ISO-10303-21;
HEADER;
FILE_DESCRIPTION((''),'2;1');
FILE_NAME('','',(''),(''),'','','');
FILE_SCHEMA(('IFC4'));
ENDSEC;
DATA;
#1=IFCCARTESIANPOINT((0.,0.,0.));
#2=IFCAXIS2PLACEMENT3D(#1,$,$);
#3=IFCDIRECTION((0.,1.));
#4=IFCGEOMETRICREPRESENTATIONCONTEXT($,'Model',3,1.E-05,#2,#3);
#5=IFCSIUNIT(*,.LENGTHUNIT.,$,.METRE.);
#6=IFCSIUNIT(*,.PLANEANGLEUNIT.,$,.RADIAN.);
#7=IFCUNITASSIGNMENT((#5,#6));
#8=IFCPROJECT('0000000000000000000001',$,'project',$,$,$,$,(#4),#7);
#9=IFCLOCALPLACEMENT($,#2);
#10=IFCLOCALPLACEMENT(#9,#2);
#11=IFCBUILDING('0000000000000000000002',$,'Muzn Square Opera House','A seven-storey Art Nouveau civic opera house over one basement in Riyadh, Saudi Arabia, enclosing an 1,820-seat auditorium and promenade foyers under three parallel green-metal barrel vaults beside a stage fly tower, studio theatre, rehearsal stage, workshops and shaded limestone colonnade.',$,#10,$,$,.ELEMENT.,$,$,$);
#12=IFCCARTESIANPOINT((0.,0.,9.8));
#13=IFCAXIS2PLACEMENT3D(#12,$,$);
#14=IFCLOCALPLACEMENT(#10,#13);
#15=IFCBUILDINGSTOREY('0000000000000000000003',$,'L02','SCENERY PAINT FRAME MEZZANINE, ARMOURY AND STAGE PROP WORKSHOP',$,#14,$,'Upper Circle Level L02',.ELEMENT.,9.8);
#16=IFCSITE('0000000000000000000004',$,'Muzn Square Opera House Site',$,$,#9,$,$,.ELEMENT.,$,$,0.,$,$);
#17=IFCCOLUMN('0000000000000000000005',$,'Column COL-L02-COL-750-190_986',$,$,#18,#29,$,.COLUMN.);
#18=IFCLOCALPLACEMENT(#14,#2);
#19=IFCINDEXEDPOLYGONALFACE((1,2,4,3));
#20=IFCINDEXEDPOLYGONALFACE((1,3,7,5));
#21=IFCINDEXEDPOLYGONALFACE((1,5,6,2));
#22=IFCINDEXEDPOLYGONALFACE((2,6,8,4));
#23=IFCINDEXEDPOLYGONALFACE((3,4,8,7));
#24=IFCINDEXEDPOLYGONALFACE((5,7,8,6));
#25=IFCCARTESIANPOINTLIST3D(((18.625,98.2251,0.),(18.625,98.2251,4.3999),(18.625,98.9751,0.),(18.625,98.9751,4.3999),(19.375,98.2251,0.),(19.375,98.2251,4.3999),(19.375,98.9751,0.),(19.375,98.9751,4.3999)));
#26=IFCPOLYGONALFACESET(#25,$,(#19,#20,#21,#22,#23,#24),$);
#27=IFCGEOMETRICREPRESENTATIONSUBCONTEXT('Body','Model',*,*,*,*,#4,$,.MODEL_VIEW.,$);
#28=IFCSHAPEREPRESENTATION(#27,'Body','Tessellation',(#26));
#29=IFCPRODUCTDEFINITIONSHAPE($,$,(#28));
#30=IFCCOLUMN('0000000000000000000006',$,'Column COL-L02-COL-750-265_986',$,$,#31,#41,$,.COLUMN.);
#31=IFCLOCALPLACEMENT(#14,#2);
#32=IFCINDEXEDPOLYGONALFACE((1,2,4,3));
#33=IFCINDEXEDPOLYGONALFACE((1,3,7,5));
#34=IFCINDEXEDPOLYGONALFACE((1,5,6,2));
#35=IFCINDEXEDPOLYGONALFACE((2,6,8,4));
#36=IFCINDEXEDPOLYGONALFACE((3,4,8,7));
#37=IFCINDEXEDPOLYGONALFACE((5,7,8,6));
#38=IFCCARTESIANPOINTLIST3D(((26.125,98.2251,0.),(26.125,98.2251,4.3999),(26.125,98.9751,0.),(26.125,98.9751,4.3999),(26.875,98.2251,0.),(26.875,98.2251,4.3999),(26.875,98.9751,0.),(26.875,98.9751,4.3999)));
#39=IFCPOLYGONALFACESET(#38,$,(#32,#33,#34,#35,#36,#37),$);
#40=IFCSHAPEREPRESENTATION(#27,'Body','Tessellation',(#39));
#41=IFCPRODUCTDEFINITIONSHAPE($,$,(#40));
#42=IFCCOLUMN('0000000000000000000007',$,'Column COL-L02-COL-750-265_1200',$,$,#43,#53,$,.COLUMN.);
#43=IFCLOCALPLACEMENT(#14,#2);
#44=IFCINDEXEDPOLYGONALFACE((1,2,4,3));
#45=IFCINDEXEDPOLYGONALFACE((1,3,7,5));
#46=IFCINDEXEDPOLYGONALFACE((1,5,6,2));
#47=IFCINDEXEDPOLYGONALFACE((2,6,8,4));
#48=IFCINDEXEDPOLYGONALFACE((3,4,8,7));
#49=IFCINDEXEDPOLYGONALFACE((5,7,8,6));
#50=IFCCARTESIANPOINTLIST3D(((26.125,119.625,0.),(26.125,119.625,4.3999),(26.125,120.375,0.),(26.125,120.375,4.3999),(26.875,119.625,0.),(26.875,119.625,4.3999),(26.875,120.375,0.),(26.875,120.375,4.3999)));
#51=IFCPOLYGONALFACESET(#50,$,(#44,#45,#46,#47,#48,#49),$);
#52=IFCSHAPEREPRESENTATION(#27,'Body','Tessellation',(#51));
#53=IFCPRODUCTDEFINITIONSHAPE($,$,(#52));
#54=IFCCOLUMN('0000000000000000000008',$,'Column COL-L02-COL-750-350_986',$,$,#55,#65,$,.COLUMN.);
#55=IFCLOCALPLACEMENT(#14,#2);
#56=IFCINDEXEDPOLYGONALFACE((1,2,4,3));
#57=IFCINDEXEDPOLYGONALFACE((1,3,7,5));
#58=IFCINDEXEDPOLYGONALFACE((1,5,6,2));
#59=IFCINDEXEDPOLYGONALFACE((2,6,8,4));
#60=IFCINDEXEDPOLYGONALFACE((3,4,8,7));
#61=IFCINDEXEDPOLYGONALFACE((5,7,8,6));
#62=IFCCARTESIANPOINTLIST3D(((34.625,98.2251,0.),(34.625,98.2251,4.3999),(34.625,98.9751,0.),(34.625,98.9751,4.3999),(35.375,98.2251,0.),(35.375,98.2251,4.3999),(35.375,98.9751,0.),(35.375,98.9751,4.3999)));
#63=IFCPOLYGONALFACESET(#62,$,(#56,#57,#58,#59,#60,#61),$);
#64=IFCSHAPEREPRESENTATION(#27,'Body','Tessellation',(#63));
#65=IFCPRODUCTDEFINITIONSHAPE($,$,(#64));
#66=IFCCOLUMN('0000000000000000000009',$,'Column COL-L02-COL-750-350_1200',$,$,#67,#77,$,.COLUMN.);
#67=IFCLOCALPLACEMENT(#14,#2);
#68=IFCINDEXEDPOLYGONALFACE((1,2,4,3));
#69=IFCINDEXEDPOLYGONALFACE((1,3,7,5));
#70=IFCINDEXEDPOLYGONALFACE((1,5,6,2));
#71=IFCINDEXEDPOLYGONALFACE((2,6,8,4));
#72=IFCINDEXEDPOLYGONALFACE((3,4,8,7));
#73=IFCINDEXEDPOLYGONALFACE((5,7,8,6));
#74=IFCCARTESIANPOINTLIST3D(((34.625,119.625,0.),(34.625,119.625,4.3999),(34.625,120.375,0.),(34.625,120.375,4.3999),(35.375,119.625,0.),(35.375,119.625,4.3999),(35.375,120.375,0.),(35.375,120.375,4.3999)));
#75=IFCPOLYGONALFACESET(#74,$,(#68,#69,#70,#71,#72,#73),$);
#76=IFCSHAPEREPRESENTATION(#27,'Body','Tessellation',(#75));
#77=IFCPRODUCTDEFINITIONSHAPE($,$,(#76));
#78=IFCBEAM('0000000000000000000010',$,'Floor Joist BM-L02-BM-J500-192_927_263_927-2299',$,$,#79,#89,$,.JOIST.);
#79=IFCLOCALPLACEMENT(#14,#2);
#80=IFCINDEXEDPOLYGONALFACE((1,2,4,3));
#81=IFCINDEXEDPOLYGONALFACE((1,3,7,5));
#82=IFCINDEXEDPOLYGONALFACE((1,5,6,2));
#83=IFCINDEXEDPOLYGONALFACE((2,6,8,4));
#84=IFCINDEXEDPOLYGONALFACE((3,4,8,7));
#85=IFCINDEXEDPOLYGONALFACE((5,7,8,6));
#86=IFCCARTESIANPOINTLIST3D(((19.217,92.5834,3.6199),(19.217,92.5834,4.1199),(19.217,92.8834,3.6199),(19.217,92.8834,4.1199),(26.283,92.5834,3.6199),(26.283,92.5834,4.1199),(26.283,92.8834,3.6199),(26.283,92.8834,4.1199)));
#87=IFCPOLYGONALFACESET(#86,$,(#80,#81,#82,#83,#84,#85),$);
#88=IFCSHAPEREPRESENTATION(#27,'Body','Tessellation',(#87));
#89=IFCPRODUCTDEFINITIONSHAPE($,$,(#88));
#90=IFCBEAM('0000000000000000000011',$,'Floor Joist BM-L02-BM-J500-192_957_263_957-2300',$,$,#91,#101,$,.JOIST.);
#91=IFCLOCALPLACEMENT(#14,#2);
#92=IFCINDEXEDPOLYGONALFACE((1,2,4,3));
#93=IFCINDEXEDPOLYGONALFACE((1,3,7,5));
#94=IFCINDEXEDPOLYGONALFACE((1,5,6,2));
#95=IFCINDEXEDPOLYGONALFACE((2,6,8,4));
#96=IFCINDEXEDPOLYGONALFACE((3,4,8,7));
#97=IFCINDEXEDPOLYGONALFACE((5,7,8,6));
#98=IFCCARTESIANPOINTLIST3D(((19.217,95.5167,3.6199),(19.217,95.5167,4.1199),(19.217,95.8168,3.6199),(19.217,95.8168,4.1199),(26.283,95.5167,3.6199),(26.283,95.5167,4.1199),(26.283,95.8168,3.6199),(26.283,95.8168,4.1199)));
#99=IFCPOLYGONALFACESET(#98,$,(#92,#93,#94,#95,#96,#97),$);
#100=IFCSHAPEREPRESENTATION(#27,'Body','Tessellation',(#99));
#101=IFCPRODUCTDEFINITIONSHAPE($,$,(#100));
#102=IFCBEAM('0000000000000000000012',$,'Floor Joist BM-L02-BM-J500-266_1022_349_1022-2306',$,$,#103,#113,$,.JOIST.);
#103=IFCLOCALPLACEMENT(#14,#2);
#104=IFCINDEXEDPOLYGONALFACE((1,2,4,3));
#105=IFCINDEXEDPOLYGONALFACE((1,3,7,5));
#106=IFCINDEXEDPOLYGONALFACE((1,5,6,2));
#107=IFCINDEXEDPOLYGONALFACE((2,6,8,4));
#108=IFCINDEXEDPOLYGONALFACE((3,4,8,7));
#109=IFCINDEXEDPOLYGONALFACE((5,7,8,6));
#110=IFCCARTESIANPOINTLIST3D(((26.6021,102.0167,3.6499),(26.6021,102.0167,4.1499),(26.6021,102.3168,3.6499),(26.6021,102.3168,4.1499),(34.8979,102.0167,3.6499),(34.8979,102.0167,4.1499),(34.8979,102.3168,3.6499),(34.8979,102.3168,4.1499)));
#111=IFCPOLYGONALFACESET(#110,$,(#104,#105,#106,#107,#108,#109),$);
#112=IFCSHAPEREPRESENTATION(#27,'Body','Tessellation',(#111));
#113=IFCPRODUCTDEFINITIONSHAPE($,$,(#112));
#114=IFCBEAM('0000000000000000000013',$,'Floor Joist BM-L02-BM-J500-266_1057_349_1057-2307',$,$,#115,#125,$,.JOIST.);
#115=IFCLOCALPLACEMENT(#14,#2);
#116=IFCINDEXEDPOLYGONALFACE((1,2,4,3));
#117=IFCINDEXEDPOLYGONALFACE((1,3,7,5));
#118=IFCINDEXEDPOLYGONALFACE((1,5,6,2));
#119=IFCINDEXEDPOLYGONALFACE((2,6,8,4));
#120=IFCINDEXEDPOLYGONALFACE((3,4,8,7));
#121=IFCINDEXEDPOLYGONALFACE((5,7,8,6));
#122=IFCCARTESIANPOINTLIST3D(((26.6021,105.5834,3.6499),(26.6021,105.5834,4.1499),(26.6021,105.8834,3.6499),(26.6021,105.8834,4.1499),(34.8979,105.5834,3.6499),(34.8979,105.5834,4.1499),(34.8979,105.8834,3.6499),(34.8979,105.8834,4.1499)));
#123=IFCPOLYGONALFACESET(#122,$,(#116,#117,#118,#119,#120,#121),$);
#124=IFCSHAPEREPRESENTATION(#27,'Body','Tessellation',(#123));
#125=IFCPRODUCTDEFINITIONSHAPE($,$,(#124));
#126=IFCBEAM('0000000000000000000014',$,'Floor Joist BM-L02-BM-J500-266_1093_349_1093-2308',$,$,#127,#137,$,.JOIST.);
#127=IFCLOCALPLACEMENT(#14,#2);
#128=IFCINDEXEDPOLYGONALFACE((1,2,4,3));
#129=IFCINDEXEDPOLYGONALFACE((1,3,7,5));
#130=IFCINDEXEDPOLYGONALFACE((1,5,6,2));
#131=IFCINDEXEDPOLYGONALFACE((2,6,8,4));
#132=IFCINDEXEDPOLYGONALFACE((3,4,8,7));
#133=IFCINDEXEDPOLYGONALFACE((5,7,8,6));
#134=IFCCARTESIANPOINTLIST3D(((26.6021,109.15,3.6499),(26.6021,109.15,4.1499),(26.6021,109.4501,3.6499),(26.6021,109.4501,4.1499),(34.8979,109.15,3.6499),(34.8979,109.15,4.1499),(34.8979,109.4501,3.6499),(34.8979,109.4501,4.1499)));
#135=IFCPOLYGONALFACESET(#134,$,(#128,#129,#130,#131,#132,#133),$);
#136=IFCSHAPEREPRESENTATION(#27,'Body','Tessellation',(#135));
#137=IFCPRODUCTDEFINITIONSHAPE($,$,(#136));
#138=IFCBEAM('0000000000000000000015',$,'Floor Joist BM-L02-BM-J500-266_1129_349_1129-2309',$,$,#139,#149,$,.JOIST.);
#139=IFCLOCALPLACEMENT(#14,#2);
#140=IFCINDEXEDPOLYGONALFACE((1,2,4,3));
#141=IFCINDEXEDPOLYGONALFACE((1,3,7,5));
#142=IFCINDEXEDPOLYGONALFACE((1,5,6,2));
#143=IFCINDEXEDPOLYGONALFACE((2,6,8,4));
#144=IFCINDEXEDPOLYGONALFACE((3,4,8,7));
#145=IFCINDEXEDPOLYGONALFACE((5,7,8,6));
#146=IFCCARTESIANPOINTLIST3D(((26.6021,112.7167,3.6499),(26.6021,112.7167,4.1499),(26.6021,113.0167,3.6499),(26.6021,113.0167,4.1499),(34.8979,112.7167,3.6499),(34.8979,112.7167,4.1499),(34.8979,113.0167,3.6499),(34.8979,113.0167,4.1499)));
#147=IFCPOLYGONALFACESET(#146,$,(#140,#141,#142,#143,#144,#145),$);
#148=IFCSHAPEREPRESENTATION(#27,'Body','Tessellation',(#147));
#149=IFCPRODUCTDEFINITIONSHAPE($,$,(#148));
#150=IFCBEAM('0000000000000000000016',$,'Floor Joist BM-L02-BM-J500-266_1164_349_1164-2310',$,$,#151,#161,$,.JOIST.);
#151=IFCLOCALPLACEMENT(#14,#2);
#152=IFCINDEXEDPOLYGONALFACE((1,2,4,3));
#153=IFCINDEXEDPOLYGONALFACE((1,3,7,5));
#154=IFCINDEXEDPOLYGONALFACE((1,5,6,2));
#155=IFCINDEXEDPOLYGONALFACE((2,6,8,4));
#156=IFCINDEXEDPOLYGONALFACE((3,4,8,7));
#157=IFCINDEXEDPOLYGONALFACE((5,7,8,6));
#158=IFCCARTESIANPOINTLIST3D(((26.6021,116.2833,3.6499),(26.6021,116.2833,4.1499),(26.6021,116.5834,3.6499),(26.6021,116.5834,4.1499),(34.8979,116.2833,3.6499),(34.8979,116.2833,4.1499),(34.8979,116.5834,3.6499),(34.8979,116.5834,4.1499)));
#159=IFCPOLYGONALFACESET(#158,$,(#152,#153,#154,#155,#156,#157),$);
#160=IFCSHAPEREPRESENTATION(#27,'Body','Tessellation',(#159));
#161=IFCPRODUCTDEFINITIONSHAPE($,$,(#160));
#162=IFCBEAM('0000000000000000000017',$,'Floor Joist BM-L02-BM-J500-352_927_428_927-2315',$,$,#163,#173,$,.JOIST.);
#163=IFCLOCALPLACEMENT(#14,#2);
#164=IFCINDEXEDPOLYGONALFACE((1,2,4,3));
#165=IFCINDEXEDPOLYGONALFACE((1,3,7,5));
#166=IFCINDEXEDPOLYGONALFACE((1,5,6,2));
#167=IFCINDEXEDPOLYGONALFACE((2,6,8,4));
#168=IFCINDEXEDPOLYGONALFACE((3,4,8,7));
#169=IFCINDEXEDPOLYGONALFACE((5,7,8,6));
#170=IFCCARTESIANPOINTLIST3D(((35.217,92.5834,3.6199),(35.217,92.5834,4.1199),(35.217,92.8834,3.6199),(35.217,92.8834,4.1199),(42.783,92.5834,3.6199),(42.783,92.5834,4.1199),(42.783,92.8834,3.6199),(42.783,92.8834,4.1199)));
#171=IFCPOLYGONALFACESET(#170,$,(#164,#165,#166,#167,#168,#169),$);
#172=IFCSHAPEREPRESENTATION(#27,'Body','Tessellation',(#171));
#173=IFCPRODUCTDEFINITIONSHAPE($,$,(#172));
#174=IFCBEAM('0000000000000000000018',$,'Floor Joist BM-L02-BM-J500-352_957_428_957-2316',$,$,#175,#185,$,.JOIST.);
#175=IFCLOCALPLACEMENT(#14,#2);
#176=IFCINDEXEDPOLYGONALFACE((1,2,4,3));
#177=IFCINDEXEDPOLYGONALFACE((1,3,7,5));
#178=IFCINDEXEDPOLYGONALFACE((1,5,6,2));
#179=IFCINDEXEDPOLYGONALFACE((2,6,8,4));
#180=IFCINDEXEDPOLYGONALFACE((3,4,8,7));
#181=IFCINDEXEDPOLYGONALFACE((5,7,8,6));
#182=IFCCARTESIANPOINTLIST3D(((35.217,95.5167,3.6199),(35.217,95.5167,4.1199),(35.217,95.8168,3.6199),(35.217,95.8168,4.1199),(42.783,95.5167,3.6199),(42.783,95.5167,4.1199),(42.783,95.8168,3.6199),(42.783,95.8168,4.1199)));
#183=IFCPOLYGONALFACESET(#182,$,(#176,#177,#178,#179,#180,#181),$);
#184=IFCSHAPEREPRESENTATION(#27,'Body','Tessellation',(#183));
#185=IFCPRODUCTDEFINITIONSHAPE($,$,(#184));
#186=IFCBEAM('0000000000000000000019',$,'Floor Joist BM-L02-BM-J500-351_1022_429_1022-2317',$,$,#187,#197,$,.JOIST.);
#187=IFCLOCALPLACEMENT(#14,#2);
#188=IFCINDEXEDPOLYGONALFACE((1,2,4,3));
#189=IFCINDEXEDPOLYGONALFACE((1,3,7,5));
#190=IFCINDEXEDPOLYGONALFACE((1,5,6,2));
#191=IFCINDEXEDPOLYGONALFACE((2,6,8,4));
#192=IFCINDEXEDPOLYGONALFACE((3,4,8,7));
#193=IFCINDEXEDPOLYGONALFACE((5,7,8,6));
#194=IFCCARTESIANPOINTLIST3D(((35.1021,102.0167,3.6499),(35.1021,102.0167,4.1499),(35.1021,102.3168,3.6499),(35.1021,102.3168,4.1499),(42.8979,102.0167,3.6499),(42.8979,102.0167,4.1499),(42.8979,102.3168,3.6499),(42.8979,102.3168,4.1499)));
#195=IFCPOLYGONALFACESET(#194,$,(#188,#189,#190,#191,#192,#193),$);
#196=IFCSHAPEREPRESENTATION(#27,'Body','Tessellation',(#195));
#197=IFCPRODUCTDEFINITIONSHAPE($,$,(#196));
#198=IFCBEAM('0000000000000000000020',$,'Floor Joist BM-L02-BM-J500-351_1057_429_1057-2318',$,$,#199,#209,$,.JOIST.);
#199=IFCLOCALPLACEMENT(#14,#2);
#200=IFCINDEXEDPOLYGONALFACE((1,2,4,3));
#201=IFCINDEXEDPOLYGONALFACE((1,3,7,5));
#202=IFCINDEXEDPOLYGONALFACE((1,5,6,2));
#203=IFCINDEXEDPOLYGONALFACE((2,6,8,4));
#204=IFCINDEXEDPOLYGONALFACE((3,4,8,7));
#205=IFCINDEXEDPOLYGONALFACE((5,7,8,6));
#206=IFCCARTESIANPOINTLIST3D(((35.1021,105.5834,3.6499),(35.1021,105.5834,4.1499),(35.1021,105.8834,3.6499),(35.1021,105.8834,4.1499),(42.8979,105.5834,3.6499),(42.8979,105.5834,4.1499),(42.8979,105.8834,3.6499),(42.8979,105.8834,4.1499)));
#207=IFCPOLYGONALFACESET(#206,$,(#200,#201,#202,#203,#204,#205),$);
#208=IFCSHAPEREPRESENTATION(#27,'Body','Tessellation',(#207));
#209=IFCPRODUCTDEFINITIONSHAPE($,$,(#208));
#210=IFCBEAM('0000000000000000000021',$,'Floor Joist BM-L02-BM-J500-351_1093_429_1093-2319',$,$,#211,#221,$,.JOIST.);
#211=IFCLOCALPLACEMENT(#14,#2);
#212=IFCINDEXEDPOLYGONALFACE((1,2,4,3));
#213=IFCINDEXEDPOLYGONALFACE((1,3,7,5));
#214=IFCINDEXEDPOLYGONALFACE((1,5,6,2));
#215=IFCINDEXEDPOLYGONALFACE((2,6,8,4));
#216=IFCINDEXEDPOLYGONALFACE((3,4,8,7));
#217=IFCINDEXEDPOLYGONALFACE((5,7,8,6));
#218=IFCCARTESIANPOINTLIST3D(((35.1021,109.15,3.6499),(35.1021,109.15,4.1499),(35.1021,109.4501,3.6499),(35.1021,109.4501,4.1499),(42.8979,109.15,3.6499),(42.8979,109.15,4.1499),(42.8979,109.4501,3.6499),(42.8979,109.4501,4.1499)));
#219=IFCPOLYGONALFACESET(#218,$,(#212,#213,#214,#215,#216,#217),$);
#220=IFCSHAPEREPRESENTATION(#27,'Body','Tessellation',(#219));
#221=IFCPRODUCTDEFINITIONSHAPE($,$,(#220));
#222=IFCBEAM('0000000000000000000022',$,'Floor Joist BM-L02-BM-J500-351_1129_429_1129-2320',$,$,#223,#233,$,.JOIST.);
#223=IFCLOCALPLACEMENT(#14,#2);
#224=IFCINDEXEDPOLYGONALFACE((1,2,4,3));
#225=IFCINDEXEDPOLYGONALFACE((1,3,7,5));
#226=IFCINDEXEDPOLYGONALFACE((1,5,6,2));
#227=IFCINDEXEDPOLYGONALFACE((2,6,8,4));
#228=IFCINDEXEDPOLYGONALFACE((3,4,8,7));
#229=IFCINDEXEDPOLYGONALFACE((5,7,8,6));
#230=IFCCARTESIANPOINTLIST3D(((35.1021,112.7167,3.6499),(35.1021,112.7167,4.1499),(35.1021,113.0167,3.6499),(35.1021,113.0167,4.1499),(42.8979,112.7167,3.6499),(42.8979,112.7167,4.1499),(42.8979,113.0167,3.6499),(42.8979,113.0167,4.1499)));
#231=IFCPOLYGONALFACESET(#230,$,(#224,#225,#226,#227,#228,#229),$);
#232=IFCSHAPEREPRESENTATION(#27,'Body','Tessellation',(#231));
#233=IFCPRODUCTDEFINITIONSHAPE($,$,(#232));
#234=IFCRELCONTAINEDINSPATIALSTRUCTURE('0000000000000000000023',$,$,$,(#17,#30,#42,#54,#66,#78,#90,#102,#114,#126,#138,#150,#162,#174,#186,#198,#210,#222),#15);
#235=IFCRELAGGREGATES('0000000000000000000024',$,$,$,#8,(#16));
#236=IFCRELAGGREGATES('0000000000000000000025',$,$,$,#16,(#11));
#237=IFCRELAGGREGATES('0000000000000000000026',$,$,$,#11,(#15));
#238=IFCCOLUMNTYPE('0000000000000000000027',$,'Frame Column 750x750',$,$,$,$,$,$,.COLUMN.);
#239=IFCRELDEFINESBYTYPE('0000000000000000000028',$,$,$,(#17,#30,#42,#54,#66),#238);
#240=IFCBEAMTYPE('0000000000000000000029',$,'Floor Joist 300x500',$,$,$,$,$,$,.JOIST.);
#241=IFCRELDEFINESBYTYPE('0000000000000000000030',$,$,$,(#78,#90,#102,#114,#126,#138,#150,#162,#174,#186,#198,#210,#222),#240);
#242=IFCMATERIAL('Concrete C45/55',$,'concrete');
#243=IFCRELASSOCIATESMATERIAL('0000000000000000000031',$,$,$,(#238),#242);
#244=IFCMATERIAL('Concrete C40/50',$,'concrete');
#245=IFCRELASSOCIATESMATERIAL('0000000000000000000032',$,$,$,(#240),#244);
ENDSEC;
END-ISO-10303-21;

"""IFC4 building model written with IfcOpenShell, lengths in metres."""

from ifc_helpers import new_model, si_unit, direction, frame, origin, origin_2d, place, context, subcontext, project, spatial, rectangle, extrude, material, material_profile, profile_set, type_object, element, save


model = new_model("IFC4")

# Units and contexts
model_context = context("Model", 3, precision=1e-05, world=origin(), true_north=direction((0.0, 1.0)))
body_context = subcontext(model_context, "Body", "Model", "MODEL_VIEW")
ifc_project = project(units=[si_unit("LENGTHUNIT", "METRE"), si_unit("PLANEANGLEUNIT", "RADIAN")], contexts=[model_context])

# Site, building, storey
site_placement = place(None, origin())
site = spatial("IfcSite", under=ifc_project, at=site_placement, Name="Muzn Square Opera House Site", CompositionType="ELEMENT", RefElevation=0.0)
building_placement = place(site_placement, origin())
building = spatial("IfcBuilding", under=site, at=building_placement, Name="Muzn Square Opera House", Description="A seven-storey Art Nouveau civic opera house over one basement in Riyadh, Saudi Arabia, enclosing an 1,820-seat auditorium and promenade foyers under three parallel green-metal barrel vaults beside a stage fly tower, studio theatre, rehearsal stage, workshops and shaded limestone colonnade.", CompositionType="ELEMENT")
storey_placement = place(building_placement, frame((0.0, 0.0, 9.8)))
storey = spatial("IfcBuildingStorey", under=building, at=storey_placement, Name="L02", Description="SCENERY PAINT FRAME MEZZANINE, ARMOURY AND STAGE PROP WORKSHOP", LongName="Upper Circle Level L02", CompositionType="ELEMENT", Elevation=9.8)

# Columns
ifc_material_1 = material(Name="Concrete C45/55", Category="concrete")
ifc_material_profile_1 = material_profile(ifc_material_1, rectangle(XDim=0.75, YDim=0.75, at=origin_2d()), Name="RC 750x750", Category="concrete")
ifc_profile_set_1 = profile_set([ifc_material_profile_1], Name="Concrete C45/55")
column_type = type_object("IfcColumnType", Name="Frame Column 750x750", PredefinedType="COLUMN", material=ifc_profile_set_1)
for number, where, z_axis, x_axis, name in (
    (1, (19.0, 98.6001, 0.0), (0.0, 0.0, 1.0), (1.0, 0.0, 0.0), "Column COL-L02-COL-750-190_986"),
    (2, (26.5, 98.6001, 0.0), (0.0, 0.0, 1.0), (1.0, 0.0, 0.0), "Column COL-L02-COL-750-265_986"),
    (3, (26.5, 120.0, 0.0), (0.0, 0.0, 1.0), (1.0, 0.0, 0.0), "Column COL-L02-COL-750-265_1200"),
    (4, (35.0, 98.6001, 0.0), (0.0, 0.0, 1.0), (1.0, 0.0, 0.0), "Column COL-L02-COL-750-350_986"),
    (5, (35.0, 120.0, 0.0), (0.0, 0.0, 1.0), (1.0, 0.0, 0.0), "Column COL-L02-COL-750-350_1200"),
):
    element("IfcColumn", number, at=place(storey_placement, frame(where, z_axis=z_axis, x_axis=x_axis)), inside=storey, type_object=column_type, Name=name, PredefinedType="COLUMN", context=body_context, shape_type="SweptSolid", body=[
        extrude(rectangle(XDim=0.75, YDim=0.75, at=origin_2d()), origin(), (0.0, 0.0, 1.0), 4.3999),
    ])

# Beams
ifc_material_2 = material(Name="Concrete C40/50", Category="concrete")
ifc_material_profile_2 = material_profile(ifc_material_2, rectangle(XDim=0.3, YDim=0.5, at=origin_2d()), Name="RCJ 300x500", Category="concrete")
ifc_profile_set_2 = profile_set([ifc_material_profile_2], Name="Concrete C40/50")
beam_type_1 = type_object("IfcBeamType", Name="Floor Joist 300x500", PredefinedType="JOIST", material=ifc_profile_set_2)
for number, where, z_axis, x_axis, name in (
    (6, (19.217, 92.7334, 3.8699), (1.0, 0.0, 0.0), (0.0, 1.0, 0.0), "Floor Joist BM-L02-BM-J500-192_927_263_927-2299"),
    (7, (19.217, 95.6667, 3.8699), (1.0, 0.0, 0.0), (0.0, 1.0, 0.0), "Floor Joist BM-L02-BM-J500-192_957_263_957-2300"),
):
    element("IfcBeam", number, at=place(storey_placement, frame(where, z_axis=z_axis, x_axis=x_axis)), inside=storey, type_object=beam_type_1, Name=name, PredefinedType="JOIST", context=body_context, shape_type="SweptSolid", body=[
        extrude(rectangle(XDim=0.3, YDim=0.5, at=origin_2d()), origin(), (0.0, 0.0, 1.0), 7.0659),
    ])
for number, where, z_axis, x_axis, name in (
    (8, (26.6021, 102.1667, 3.8999), (1.0, 0.0, 0.0), (0.0, 1.0, 0.0), "Floor Joist BM-L02-BM-J500-266_1022_349_1022-2306"),
    (9, (26.6021, 105.7334, 3.8999), (1.0, 0.0, 0.0), (0.0, 1.0, 0.0), "Floor Joist BM-L02-BM-J500-266_1057_349_1057-2307"),
    (10, (26.6021, 109.3, 3.8999), (1.0, 0.0, 0.0), (0.0, 1.0, 0.0), "Floor Joist BM-L02-BM-J500-266_1093_349_1093-2308"),
    (11, (26.6021, 112.8667, 3.8999), (1.0, 0.0, 0.0), (0.0, 1.0, 0.0), "Floor Joist BM-L02-BM-J500-266_1129_349_1129-2309"),
    (12, (26.6021, 116.4333, 3.8999), (1.0, 0.0, 0.0), (0.0, 1.0, 0.0), "Floor Joist BM-L02-BM-J500-266_1164_349_1164-2310"),
):
    element("IfcBeam", number, at=place(storey_placement, frame(where, z_axis=z_axis, x_axis=x_axis)), inside=storey, type_object=beam_type_1, Name=name, PredefinedType="JOIST", context=body_context, shape_type="SweptSolid", body=[
        extrude(rectangle(XDim=0.3, YDim=0.5, at=origin_2d()), origin(), (0.0, 0.0, 1.0), 8.2959),
    ])
for number, where, z_axis, x_axis, name in (
    (13, (35.217, 92.7334, 3.8699), (1.0, 0.0, 0.0), (0.0, 1.0, 0.0), "Floor Joist BM-L02-BM-J500-352_927_428_927-2315"),
    (14, (35.217, 95.6667, 3.8699), (1.0, 0.0, 0.0), (0.0, 1.0, 0.0), "Floor Joist BM-L02-BM-J500-352_957_428_957-2316"),
):
    element("IfcBeam", number, at=place(storey_placement, frame(where, z_axis=z_axis, x_axis=x_axis)), inside=storey, type_object=beam_type_1, Name=name, PredefinedType="JOIST", context=body_context, shape_type="SweptSolid", body=[
        extrude(rectangle(XDim=0.3, YDim=0.5, at=origin_2d()), origin(), (0.0, 0.0, 1.0), 7.5659),
    ])
for number, where, z_axis, x_axis, name in (
    (15, (35.1021, 102.1667, 3.8999), (1.0, 0.0, 0.0), (0.0, 1.0, 0.0), "Floor Joist BM-L02-BM-J500-351_1022_429_1022-2317"),
    (16, (35.1021, 105.7334, 3.8999), (1.0, 0.0, 0.0), (0.0, 1.0, 0.0), "Floor Joist BM-L02-BM-J500-351_1057_429_1057-2318"),
    (17, (35.1021, 109.3, 3.8999), (1.0, 0.0, 0.0), (0.0, 1.0, 0.0), "Floor Joist BM-L02-BM-J500-351_1093_429_1093-2319"),
    (18, (35.1021, 112.8667, 3.8999), (1.0, 0.0, 0.0), (0.0, 1.0, 0.0), "Floor Joist BM-L02-BM-J500-351_1129_429_1129-2320"),
):
    element("IfcBeam", number, at=place(storey_placement, frame(where, z_axis=z_axis, x_axis=x_axis)), inside=storey, type_object=beam_type_1, Name=name, PredefinedType="JOIST", context=body_context, shape_type="SweptSolid", body=[
        extrude(rectangle(XDim=0.3, YDim=0.5, at=origin_2d()), origin(), (0.0, 0.0, 1.0), 7.7959),
    ])

save(model, "model.ifc")
